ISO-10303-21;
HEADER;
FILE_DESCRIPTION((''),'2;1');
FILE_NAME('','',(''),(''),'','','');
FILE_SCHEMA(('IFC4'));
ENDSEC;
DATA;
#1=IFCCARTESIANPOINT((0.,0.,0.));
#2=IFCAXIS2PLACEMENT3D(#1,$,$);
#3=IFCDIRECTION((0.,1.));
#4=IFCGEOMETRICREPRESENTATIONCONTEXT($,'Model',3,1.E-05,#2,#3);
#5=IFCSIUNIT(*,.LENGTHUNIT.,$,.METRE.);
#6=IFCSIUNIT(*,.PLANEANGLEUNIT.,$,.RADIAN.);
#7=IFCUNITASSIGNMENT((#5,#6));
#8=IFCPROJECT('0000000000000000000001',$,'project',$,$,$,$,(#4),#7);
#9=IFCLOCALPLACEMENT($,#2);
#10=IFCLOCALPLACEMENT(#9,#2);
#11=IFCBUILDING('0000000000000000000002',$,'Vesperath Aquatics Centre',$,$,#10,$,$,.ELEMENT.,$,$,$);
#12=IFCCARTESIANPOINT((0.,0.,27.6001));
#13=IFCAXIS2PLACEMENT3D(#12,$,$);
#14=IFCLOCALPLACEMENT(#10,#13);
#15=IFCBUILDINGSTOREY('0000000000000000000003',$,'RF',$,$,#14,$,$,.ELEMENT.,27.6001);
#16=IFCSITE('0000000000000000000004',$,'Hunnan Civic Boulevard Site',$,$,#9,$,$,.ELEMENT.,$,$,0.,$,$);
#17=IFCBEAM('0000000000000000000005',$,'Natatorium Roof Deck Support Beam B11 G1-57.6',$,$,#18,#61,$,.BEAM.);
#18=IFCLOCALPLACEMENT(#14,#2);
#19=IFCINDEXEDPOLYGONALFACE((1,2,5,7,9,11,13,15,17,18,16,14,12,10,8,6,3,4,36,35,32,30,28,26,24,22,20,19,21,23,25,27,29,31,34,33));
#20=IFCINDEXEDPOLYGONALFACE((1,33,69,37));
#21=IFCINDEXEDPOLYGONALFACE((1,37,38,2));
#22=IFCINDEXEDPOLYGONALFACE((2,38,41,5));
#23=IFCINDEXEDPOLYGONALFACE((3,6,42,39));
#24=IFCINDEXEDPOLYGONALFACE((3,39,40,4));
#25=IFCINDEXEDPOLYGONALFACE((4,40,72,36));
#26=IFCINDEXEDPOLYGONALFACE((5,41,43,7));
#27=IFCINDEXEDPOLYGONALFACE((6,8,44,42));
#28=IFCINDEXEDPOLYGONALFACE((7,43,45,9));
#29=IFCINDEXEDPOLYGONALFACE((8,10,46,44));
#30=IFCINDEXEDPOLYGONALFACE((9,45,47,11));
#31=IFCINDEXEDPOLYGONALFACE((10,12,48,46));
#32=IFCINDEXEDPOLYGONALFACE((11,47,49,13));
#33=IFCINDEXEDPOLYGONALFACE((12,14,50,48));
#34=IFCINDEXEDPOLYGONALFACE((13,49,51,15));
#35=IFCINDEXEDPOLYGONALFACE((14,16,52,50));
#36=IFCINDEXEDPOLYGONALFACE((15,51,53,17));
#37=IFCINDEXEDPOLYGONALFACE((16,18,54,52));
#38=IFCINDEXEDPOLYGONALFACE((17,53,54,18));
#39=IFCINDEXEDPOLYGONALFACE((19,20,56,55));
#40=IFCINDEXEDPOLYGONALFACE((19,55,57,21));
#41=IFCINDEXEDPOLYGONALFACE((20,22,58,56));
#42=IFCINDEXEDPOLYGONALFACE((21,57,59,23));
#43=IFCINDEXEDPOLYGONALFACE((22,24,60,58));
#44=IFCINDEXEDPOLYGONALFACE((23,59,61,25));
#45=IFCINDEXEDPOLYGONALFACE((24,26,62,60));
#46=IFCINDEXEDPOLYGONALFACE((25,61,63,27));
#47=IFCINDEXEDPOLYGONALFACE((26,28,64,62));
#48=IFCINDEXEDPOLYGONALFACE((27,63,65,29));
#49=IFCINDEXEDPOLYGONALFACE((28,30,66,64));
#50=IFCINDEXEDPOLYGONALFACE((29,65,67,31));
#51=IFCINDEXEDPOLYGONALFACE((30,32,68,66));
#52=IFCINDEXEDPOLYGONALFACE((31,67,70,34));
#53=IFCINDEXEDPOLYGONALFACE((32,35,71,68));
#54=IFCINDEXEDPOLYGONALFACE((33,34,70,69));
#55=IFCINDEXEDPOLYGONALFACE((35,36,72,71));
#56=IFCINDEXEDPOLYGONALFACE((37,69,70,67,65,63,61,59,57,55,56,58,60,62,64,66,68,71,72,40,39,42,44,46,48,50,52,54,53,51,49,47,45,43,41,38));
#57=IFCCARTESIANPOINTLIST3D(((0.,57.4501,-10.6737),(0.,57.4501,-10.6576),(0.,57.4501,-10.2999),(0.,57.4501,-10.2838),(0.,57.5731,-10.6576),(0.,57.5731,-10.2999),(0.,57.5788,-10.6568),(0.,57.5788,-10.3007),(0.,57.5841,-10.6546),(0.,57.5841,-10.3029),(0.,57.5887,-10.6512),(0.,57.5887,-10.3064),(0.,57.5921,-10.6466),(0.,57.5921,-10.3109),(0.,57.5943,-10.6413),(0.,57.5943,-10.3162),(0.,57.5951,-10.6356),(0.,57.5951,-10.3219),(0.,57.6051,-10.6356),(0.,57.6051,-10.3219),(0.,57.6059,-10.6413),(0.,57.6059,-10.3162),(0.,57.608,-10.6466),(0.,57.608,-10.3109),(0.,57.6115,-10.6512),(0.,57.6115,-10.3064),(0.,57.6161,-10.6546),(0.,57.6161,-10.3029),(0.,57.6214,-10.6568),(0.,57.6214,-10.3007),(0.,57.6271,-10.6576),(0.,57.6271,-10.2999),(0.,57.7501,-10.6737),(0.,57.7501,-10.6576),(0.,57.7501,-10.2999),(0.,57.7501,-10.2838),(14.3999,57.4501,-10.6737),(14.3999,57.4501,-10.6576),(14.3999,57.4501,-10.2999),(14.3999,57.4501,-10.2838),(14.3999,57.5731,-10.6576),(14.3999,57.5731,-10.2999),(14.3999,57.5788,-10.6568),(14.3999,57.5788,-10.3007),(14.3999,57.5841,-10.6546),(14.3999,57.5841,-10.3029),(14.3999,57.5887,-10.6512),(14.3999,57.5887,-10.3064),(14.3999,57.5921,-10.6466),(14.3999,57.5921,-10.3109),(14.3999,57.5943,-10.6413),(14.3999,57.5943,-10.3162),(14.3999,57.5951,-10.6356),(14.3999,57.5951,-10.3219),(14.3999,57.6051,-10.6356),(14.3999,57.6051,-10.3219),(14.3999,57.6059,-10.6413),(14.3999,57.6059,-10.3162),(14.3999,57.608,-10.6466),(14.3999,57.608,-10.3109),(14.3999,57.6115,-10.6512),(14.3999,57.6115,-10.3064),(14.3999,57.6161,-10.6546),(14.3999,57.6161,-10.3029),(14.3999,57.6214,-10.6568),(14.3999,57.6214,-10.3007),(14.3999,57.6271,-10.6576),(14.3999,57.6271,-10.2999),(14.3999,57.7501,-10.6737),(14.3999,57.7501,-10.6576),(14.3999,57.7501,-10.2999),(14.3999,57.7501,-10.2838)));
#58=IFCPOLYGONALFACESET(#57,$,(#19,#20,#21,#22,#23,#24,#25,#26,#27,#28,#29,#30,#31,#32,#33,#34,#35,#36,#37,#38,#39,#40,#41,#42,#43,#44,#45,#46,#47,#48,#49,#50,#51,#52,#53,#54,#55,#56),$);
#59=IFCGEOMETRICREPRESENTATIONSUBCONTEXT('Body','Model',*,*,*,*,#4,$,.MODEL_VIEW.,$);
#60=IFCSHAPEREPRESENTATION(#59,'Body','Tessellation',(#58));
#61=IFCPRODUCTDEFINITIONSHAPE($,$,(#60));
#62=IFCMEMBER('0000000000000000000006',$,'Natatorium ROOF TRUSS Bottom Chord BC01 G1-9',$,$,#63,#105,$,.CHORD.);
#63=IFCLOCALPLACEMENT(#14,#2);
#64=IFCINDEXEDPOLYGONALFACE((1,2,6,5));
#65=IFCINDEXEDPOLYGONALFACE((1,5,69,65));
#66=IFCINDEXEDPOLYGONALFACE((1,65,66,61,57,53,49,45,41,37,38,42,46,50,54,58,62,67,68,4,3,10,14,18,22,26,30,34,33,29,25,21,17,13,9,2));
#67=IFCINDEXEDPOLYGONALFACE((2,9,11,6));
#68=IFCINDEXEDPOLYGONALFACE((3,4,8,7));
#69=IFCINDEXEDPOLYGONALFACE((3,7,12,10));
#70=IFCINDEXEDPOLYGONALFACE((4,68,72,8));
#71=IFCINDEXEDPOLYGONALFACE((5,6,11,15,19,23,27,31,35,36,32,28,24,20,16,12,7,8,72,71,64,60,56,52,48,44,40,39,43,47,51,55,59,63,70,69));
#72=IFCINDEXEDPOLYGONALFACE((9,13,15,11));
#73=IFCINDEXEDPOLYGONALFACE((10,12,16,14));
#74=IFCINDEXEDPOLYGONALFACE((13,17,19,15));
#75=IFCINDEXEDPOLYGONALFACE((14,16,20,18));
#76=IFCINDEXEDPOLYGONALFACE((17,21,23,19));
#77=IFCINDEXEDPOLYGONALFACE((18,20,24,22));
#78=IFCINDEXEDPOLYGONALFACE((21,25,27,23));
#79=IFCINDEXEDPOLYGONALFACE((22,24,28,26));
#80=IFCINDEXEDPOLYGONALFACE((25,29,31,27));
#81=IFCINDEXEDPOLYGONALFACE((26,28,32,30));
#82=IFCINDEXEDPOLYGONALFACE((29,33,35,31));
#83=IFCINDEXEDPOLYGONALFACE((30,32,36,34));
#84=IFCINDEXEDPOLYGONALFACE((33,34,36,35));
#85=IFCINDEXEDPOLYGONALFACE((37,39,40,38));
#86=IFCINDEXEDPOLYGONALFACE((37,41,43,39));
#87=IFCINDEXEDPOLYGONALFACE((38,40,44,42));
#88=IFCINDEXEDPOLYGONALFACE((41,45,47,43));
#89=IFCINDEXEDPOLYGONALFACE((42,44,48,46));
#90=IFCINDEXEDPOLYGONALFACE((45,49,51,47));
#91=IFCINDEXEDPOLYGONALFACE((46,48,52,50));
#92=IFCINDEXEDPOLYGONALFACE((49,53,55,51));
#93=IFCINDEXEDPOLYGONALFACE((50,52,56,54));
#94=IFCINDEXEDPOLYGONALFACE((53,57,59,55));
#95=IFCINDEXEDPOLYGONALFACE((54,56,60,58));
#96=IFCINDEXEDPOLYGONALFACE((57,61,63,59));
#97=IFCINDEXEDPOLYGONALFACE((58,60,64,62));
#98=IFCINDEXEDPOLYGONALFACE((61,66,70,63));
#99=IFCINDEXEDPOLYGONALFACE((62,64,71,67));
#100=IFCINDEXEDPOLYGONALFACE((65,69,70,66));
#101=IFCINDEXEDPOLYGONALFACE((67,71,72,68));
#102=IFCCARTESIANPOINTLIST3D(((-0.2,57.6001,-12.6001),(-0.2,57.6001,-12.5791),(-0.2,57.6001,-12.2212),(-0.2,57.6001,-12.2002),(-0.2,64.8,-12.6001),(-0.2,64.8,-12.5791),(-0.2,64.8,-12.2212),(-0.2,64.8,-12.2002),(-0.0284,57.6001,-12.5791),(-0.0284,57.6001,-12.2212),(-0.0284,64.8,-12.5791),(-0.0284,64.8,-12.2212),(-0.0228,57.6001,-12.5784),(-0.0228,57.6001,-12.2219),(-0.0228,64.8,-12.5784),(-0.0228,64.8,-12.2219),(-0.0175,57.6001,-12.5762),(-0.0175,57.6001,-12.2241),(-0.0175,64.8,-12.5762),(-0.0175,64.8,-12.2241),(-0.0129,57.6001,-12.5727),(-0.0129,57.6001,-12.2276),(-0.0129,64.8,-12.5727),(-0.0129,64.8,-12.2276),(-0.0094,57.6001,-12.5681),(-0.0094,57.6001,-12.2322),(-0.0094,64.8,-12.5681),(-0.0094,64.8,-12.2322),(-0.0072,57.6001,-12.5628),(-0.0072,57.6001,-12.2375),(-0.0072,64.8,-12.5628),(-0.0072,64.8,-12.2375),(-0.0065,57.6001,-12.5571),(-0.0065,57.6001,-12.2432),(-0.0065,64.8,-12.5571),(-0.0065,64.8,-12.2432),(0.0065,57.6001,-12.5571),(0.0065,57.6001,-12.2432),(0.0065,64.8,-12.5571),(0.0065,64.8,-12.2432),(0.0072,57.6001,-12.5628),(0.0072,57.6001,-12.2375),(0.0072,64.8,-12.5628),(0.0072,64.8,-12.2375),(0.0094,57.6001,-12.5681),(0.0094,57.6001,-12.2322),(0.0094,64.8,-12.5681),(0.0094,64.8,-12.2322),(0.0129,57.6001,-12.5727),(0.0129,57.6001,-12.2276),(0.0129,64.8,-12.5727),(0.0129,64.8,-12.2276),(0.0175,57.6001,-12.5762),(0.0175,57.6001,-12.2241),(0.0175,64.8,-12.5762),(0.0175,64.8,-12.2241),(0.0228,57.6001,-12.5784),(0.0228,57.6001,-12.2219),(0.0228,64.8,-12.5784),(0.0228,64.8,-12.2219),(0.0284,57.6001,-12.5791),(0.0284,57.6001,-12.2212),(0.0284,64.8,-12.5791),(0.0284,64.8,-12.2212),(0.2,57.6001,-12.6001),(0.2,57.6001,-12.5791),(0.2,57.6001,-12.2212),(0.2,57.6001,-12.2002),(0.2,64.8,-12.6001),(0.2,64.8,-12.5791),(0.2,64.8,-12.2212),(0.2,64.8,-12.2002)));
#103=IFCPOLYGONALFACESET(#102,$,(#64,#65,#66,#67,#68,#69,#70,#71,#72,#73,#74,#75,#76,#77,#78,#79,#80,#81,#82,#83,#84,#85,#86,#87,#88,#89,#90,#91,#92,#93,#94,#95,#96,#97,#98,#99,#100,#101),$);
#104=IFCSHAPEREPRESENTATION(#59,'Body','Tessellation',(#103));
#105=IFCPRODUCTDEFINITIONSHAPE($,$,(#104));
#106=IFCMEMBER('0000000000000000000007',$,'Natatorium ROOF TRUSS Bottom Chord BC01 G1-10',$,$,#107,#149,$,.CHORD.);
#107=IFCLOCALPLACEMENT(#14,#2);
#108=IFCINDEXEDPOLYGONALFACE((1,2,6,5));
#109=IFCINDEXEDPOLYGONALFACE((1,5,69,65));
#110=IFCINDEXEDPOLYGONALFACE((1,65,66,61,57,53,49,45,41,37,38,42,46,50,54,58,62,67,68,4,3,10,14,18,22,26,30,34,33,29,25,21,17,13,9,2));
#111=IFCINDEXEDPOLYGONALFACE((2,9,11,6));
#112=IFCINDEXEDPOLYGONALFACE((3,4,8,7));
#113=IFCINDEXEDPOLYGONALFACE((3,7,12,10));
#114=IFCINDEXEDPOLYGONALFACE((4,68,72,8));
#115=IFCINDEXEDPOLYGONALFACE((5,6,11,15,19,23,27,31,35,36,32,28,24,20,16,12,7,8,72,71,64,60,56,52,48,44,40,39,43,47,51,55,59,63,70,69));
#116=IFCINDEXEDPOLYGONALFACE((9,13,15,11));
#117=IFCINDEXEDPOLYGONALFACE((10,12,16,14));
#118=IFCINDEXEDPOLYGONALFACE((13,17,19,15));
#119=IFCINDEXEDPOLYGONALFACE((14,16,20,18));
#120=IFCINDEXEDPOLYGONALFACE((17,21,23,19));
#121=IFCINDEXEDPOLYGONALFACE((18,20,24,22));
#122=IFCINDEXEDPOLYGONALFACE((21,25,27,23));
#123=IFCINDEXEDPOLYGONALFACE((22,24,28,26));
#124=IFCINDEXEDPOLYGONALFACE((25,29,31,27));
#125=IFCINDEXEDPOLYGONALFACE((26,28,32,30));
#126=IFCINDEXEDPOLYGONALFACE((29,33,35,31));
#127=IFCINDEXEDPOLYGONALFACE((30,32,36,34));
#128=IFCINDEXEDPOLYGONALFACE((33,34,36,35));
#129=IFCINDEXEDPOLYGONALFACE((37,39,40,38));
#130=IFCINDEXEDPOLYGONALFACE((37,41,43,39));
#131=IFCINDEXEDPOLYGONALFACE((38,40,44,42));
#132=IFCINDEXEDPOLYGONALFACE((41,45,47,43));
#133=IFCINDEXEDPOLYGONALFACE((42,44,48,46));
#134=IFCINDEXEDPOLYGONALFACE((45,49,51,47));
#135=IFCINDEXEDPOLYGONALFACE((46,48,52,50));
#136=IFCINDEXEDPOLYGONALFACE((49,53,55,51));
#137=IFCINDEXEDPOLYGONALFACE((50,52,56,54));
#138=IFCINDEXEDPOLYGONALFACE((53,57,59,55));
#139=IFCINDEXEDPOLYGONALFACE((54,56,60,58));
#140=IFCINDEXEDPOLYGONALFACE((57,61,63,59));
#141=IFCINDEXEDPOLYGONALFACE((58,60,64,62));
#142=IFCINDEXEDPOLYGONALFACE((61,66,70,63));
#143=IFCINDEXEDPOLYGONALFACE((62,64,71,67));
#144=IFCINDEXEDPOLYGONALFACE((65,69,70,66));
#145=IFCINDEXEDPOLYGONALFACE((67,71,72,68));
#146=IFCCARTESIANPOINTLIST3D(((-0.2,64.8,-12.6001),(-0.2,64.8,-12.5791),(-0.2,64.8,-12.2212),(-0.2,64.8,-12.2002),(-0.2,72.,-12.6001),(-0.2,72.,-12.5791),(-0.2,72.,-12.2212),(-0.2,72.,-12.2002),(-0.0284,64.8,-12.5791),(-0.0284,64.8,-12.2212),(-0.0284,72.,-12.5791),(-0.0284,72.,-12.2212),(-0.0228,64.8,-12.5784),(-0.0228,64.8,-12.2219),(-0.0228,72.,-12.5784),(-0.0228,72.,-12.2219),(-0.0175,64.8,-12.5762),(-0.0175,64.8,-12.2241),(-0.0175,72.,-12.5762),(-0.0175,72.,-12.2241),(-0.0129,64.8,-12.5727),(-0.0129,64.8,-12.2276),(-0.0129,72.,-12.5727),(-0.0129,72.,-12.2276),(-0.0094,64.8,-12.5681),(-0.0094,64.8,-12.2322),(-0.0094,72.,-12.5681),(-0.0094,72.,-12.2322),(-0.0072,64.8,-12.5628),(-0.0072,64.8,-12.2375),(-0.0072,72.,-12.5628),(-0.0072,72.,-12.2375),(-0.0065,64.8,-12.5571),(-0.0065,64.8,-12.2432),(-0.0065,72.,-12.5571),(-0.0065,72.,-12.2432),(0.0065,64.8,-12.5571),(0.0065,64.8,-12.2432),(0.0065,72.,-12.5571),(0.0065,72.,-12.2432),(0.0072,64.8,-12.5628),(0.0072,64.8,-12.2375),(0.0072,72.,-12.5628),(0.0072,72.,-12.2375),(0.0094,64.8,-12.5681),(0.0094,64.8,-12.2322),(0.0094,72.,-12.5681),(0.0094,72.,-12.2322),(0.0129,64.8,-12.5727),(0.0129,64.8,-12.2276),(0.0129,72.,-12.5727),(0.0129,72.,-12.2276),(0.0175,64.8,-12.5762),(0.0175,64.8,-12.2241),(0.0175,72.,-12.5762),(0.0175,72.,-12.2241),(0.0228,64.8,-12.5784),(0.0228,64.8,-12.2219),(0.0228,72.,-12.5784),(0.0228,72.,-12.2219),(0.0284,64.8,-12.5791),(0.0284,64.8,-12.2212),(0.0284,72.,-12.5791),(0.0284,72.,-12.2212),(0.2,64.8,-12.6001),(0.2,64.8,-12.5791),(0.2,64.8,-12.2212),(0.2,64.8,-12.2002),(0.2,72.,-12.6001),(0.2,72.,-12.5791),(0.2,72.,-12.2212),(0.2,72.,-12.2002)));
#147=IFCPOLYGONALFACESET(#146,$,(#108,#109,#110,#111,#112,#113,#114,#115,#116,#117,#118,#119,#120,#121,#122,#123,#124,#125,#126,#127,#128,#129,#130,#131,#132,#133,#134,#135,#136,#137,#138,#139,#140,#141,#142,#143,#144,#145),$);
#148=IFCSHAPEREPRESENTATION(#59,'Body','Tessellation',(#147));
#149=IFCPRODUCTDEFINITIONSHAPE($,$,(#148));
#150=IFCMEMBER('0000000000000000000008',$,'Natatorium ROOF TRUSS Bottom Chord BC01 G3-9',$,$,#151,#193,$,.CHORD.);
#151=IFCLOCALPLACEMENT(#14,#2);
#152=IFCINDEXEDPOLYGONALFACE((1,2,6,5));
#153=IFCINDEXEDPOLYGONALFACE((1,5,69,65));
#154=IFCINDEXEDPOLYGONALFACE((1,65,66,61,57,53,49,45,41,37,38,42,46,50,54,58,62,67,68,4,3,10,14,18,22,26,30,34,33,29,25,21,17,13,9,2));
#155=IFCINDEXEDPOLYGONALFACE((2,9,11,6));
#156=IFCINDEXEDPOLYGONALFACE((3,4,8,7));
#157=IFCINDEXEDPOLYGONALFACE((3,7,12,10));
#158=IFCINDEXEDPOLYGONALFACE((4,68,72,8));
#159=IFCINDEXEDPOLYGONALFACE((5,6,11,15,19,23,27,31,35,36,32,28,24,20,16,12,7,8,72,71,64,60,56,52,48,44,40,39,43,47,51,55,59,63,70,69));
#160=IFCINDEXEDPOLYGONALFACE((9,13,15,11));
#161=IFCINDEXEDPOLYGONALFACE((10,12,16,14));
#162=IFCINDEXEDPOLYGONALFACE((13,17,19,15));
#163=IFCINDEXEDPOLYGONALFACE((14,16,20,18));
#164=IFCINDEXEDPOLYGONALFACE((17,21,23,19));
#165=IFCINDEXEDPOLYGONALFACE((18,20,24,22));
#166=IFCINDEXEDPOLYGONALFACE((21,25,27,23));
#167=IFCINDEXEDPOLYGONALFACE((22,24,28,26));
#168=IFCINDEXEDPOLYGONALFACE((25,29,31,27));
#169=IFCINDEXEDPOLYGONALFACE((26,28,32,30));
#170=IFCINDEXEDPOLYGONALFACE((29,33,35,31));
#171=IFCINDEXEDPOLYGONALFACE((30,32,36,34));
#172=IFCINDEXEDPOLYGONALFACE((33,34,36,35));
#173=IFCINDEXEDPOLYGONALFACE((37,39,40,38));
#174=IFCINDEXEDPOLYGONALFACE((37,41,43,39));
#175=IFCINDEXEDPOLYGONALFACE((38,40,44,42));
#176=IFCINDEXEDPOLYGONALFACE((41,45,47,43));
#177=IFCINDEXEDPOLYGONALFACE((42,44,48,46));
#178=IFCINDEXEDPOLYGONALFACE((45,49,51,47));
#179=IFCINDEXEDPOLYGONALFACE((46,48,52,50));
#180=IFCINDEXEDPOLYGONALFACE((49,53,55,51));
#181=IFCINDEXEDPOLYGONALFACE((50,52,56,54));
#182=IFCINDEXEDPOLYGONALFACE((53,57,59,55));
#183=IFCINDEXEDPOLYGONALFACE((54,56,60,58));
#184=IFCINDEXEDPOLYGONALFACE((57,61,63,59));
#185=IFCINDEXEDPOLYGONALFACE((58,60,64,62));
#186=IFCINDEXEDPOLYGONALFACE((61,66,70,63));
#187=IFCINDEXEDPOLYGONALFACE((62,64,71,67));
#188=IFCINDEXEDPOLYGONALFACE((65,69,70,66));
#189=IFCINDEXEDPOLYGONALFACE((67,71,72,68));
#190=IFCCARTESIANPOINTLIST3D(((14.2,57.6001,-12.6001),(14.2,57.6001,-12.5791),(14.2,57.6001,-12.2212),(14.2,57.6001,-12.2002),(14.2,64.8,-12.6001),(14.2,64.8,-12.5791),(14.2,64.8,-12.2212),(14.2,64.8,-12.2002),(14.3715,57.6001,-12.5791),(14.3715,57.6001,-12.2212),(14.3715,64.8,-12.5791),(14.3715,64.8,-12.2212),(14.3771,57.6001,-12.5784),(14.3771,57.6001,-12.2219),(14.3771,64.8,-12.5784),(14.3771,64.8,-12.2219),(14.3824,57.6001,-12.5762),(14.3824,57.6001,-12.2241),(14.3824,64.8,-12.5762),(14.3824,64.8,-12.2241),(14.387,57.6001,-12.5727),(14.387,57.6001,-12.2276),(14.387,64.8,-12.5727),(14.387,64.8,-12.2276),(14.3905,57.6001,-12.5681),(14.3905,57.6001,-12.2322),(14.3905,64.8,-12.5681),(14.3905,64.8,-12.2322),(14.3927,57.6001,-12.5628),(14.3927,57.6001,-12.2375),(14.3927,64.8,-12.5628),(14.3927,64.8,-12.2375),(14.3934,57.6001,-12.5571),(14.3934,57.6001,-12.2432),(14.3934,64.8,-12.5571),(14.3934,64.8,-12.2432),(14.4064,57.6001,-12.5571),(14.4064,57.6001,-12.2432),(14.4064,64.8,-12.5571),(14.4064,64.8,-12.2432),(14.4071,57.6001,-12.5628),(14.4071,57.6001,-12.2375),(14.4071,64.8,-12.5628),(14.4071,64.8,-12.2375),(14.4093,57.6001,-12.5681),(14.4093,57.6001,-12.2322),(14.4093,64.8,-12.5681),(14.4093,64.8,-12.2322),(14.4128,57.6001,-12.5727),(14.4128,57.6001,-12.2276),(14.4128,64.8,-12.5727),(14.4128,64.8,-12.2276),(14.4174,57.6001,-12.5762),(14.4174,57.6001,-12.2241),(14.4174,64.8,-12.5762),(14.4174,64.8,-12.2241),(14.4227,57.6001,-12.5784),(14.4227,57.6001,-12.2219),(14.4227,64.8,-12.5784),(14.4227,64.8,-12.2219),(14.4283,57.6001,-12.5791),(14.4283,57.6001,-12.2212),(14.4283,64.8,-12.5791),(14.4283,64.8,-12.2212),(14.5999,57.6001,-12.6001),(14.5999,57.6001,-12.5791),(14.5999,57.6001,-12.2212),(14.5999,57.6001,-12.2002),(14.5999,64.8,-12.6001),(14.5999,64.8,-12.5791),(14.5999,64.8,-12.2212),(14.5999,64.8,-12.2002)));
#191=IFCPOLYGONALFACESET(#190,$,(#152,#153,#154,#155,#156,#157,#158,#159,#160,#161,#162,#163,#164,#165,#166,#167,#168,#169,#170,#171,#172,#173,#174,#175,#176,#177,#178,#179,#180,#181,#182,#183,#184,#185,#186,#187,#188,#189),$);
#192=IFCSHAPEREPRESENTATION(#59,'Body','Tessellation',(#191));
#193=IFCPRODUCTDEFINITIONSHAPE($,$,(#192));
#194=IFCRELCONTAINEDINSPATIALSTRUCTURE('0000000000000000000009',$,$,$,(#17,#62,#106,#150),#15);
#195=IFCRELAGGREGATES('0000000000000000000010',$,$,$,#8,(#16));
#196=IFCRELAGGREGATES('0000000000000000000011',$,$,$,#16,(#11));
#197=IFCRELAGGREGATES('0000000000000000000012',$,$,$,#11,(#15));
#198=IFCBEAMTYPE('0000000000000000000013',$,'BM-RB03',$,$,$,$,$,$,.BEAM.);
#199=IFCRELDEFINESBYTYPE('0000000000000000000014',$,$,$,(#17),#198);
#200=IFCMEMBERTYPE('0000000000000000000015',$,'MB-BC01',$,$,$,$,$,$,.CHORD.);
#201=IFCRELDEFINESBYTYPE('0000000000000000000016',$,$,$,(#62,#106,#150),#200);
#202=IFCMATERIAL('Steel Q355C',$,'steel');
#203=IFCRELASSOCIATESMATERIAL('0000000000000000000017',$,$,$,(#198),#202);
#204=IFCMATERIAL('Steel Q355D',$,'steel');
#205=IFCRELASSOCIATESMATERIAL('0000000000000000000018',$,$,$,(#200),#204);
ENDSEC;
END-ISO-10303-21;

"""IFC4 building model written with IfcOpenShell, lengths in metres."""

from ifc_helpers import new_model, si_unit, direction, frame, origin, origin_2d, place, context, subcontext, project, spatial, i_section, extrude, material, material_profile, profile_set, type_object, element, save


model = new_model("IFC4")

# Units and contexts
model_context = context("Model", 3, precision=1e-05, world=origin(), true_north=direction((0.0, 1.0)))
body_context = subcontext(model_context, "Body", "Model", "MODEL_VIEW")
ifc_project = project(units=[si_unit("LENGTHUNIT", "METRE"), si_unit("PLANEANGLEUNIT", "RADIAN")], contexts=[model_context])

# Site, building, storey
site_placement = place(None, origin())
site = spatial("IfcSite", under=ifc_project, at=site_placement, Name="Hunnan Civic Boulevard Site", CompositionType="ELEMENT", RefElevation=0.0)
building_placement = place(site_placement, origin())
building = spatial("IfcBuilding", under=site, at=building_placement, Name="Vesperath Aquatics Centre", CompositionType="ELEMENT")
storey_placement = place(building_placement, frame((0.0, 0.0, 27.6001)))
storey = spatial("IfcBuildingStorey", under=building, at=storey_placement, Name="RF", CompositionType="ELEMENT", Elevation=27.6001)

# Beam
ifc_material_1 = material(Name="Steel Q355C", Category="steel")
ifc_material_profile_1 = material_profile(ifc_material_1, i_section(OverallWidth=0.3, OverallDepth=0.3899, WebThickness=0.01, FlangeThickness=0.0161, FilletRadius=0.022, at=origin_2d()), Name="HM 390x300x10x16")
ifc_profile_set_1 = profile_set([ifc_material_profile_1], Name="Steel Q355C")
beam_type = type_object("IfcBeamType", Name="BM-RB03", PredefinedType="BEAM", material=ifc_profile_set_1)
beam_placement = place(storey_placement, frame((0.0, 57.6001, -10.4788), z_axis=(1.0, 0.0, 0.0), x_axis=(0.0, 1.0, 0.0)))
element("IfcBeam", 1, at=beam_placement, inside=storey, type_object=beam_type, Name="Natatorium Roof Deck Support Beam B11 G1-57.6", PredefinedType="BEAM", context=body_context, shape_type="SweptSolid", body=[
    extrude(i_section(OverallWidth=0.3, OverallDepth=0.3899, WebThickness=0.01, FlangeThickness=0.0161, FilletRadius=0.022, at=origin_2d()), origin(), (0.0, 0.0, 1.0), 14.3999),
])

# Members
ifc_material_2 = material(Name="Steel Q355D", Category="steel")
ifc_material_profile_2 = material_profile(ifc_material_2, i_section(OverallWidth=0.3999, OverallDepth=0.3999, WebThickness=0.0129, FlangeThickness=0.021, FilletRadius=0.022, at=origin_2d()), Name="HW 400x400x13x21")
ifc_profile_set_2 = profile_set([ifc_material_profile_2], Name="Steel Q355D")
member_type_1 = type_object("IfcMemberType", Name="MB-BC01", PredefinedType="CHORD", material=ifc_profile_set_2)
for number, where, z_axis, x_axis, name in (
    (2, (0.0, 57.6001, -12.4001), (0.0, 1.0, 0.0), (-1.0, 0.0, 0.0), "Natatorium ROOF TRUSS Bottom Chord BC01 G1-9"),
    (3, (0.0, 64.8, -12.4001), (0.0, 1.0, 0.0), (-1.0, 0.0, 0.0), "Natatorium ROOF TRUSS Bottom Chord BC01 G1-10"),
    (4, (14.3999, 57.6001, -12.4001), (0.0, 1.0, 0.0), (-1.0, 0.0, 0.0), "Natatorium ROOF TRUSS Bottom Chord BC01 G3-9"),
):
    element("IfcMember", number, at=place(storey_placement, frame(where, z_axis=z_axis, x_axis=x_axis)), inside=storey, type_object=member_type_1, Name=name, PredefinedType="CHORD", context=body_context, shape_type="SweptSolid", body=[
        extrude(i_section(OverallWidth=0.3999, OverallDepth=0.3999, WebThickness=0.0129, FlangeThickness=0.021, FilletRadius=0.022, at=origin_2d()), origin(), (0.0, 0.0, 1.0), 7.2),
    ])

save(model, "model.ifc")
